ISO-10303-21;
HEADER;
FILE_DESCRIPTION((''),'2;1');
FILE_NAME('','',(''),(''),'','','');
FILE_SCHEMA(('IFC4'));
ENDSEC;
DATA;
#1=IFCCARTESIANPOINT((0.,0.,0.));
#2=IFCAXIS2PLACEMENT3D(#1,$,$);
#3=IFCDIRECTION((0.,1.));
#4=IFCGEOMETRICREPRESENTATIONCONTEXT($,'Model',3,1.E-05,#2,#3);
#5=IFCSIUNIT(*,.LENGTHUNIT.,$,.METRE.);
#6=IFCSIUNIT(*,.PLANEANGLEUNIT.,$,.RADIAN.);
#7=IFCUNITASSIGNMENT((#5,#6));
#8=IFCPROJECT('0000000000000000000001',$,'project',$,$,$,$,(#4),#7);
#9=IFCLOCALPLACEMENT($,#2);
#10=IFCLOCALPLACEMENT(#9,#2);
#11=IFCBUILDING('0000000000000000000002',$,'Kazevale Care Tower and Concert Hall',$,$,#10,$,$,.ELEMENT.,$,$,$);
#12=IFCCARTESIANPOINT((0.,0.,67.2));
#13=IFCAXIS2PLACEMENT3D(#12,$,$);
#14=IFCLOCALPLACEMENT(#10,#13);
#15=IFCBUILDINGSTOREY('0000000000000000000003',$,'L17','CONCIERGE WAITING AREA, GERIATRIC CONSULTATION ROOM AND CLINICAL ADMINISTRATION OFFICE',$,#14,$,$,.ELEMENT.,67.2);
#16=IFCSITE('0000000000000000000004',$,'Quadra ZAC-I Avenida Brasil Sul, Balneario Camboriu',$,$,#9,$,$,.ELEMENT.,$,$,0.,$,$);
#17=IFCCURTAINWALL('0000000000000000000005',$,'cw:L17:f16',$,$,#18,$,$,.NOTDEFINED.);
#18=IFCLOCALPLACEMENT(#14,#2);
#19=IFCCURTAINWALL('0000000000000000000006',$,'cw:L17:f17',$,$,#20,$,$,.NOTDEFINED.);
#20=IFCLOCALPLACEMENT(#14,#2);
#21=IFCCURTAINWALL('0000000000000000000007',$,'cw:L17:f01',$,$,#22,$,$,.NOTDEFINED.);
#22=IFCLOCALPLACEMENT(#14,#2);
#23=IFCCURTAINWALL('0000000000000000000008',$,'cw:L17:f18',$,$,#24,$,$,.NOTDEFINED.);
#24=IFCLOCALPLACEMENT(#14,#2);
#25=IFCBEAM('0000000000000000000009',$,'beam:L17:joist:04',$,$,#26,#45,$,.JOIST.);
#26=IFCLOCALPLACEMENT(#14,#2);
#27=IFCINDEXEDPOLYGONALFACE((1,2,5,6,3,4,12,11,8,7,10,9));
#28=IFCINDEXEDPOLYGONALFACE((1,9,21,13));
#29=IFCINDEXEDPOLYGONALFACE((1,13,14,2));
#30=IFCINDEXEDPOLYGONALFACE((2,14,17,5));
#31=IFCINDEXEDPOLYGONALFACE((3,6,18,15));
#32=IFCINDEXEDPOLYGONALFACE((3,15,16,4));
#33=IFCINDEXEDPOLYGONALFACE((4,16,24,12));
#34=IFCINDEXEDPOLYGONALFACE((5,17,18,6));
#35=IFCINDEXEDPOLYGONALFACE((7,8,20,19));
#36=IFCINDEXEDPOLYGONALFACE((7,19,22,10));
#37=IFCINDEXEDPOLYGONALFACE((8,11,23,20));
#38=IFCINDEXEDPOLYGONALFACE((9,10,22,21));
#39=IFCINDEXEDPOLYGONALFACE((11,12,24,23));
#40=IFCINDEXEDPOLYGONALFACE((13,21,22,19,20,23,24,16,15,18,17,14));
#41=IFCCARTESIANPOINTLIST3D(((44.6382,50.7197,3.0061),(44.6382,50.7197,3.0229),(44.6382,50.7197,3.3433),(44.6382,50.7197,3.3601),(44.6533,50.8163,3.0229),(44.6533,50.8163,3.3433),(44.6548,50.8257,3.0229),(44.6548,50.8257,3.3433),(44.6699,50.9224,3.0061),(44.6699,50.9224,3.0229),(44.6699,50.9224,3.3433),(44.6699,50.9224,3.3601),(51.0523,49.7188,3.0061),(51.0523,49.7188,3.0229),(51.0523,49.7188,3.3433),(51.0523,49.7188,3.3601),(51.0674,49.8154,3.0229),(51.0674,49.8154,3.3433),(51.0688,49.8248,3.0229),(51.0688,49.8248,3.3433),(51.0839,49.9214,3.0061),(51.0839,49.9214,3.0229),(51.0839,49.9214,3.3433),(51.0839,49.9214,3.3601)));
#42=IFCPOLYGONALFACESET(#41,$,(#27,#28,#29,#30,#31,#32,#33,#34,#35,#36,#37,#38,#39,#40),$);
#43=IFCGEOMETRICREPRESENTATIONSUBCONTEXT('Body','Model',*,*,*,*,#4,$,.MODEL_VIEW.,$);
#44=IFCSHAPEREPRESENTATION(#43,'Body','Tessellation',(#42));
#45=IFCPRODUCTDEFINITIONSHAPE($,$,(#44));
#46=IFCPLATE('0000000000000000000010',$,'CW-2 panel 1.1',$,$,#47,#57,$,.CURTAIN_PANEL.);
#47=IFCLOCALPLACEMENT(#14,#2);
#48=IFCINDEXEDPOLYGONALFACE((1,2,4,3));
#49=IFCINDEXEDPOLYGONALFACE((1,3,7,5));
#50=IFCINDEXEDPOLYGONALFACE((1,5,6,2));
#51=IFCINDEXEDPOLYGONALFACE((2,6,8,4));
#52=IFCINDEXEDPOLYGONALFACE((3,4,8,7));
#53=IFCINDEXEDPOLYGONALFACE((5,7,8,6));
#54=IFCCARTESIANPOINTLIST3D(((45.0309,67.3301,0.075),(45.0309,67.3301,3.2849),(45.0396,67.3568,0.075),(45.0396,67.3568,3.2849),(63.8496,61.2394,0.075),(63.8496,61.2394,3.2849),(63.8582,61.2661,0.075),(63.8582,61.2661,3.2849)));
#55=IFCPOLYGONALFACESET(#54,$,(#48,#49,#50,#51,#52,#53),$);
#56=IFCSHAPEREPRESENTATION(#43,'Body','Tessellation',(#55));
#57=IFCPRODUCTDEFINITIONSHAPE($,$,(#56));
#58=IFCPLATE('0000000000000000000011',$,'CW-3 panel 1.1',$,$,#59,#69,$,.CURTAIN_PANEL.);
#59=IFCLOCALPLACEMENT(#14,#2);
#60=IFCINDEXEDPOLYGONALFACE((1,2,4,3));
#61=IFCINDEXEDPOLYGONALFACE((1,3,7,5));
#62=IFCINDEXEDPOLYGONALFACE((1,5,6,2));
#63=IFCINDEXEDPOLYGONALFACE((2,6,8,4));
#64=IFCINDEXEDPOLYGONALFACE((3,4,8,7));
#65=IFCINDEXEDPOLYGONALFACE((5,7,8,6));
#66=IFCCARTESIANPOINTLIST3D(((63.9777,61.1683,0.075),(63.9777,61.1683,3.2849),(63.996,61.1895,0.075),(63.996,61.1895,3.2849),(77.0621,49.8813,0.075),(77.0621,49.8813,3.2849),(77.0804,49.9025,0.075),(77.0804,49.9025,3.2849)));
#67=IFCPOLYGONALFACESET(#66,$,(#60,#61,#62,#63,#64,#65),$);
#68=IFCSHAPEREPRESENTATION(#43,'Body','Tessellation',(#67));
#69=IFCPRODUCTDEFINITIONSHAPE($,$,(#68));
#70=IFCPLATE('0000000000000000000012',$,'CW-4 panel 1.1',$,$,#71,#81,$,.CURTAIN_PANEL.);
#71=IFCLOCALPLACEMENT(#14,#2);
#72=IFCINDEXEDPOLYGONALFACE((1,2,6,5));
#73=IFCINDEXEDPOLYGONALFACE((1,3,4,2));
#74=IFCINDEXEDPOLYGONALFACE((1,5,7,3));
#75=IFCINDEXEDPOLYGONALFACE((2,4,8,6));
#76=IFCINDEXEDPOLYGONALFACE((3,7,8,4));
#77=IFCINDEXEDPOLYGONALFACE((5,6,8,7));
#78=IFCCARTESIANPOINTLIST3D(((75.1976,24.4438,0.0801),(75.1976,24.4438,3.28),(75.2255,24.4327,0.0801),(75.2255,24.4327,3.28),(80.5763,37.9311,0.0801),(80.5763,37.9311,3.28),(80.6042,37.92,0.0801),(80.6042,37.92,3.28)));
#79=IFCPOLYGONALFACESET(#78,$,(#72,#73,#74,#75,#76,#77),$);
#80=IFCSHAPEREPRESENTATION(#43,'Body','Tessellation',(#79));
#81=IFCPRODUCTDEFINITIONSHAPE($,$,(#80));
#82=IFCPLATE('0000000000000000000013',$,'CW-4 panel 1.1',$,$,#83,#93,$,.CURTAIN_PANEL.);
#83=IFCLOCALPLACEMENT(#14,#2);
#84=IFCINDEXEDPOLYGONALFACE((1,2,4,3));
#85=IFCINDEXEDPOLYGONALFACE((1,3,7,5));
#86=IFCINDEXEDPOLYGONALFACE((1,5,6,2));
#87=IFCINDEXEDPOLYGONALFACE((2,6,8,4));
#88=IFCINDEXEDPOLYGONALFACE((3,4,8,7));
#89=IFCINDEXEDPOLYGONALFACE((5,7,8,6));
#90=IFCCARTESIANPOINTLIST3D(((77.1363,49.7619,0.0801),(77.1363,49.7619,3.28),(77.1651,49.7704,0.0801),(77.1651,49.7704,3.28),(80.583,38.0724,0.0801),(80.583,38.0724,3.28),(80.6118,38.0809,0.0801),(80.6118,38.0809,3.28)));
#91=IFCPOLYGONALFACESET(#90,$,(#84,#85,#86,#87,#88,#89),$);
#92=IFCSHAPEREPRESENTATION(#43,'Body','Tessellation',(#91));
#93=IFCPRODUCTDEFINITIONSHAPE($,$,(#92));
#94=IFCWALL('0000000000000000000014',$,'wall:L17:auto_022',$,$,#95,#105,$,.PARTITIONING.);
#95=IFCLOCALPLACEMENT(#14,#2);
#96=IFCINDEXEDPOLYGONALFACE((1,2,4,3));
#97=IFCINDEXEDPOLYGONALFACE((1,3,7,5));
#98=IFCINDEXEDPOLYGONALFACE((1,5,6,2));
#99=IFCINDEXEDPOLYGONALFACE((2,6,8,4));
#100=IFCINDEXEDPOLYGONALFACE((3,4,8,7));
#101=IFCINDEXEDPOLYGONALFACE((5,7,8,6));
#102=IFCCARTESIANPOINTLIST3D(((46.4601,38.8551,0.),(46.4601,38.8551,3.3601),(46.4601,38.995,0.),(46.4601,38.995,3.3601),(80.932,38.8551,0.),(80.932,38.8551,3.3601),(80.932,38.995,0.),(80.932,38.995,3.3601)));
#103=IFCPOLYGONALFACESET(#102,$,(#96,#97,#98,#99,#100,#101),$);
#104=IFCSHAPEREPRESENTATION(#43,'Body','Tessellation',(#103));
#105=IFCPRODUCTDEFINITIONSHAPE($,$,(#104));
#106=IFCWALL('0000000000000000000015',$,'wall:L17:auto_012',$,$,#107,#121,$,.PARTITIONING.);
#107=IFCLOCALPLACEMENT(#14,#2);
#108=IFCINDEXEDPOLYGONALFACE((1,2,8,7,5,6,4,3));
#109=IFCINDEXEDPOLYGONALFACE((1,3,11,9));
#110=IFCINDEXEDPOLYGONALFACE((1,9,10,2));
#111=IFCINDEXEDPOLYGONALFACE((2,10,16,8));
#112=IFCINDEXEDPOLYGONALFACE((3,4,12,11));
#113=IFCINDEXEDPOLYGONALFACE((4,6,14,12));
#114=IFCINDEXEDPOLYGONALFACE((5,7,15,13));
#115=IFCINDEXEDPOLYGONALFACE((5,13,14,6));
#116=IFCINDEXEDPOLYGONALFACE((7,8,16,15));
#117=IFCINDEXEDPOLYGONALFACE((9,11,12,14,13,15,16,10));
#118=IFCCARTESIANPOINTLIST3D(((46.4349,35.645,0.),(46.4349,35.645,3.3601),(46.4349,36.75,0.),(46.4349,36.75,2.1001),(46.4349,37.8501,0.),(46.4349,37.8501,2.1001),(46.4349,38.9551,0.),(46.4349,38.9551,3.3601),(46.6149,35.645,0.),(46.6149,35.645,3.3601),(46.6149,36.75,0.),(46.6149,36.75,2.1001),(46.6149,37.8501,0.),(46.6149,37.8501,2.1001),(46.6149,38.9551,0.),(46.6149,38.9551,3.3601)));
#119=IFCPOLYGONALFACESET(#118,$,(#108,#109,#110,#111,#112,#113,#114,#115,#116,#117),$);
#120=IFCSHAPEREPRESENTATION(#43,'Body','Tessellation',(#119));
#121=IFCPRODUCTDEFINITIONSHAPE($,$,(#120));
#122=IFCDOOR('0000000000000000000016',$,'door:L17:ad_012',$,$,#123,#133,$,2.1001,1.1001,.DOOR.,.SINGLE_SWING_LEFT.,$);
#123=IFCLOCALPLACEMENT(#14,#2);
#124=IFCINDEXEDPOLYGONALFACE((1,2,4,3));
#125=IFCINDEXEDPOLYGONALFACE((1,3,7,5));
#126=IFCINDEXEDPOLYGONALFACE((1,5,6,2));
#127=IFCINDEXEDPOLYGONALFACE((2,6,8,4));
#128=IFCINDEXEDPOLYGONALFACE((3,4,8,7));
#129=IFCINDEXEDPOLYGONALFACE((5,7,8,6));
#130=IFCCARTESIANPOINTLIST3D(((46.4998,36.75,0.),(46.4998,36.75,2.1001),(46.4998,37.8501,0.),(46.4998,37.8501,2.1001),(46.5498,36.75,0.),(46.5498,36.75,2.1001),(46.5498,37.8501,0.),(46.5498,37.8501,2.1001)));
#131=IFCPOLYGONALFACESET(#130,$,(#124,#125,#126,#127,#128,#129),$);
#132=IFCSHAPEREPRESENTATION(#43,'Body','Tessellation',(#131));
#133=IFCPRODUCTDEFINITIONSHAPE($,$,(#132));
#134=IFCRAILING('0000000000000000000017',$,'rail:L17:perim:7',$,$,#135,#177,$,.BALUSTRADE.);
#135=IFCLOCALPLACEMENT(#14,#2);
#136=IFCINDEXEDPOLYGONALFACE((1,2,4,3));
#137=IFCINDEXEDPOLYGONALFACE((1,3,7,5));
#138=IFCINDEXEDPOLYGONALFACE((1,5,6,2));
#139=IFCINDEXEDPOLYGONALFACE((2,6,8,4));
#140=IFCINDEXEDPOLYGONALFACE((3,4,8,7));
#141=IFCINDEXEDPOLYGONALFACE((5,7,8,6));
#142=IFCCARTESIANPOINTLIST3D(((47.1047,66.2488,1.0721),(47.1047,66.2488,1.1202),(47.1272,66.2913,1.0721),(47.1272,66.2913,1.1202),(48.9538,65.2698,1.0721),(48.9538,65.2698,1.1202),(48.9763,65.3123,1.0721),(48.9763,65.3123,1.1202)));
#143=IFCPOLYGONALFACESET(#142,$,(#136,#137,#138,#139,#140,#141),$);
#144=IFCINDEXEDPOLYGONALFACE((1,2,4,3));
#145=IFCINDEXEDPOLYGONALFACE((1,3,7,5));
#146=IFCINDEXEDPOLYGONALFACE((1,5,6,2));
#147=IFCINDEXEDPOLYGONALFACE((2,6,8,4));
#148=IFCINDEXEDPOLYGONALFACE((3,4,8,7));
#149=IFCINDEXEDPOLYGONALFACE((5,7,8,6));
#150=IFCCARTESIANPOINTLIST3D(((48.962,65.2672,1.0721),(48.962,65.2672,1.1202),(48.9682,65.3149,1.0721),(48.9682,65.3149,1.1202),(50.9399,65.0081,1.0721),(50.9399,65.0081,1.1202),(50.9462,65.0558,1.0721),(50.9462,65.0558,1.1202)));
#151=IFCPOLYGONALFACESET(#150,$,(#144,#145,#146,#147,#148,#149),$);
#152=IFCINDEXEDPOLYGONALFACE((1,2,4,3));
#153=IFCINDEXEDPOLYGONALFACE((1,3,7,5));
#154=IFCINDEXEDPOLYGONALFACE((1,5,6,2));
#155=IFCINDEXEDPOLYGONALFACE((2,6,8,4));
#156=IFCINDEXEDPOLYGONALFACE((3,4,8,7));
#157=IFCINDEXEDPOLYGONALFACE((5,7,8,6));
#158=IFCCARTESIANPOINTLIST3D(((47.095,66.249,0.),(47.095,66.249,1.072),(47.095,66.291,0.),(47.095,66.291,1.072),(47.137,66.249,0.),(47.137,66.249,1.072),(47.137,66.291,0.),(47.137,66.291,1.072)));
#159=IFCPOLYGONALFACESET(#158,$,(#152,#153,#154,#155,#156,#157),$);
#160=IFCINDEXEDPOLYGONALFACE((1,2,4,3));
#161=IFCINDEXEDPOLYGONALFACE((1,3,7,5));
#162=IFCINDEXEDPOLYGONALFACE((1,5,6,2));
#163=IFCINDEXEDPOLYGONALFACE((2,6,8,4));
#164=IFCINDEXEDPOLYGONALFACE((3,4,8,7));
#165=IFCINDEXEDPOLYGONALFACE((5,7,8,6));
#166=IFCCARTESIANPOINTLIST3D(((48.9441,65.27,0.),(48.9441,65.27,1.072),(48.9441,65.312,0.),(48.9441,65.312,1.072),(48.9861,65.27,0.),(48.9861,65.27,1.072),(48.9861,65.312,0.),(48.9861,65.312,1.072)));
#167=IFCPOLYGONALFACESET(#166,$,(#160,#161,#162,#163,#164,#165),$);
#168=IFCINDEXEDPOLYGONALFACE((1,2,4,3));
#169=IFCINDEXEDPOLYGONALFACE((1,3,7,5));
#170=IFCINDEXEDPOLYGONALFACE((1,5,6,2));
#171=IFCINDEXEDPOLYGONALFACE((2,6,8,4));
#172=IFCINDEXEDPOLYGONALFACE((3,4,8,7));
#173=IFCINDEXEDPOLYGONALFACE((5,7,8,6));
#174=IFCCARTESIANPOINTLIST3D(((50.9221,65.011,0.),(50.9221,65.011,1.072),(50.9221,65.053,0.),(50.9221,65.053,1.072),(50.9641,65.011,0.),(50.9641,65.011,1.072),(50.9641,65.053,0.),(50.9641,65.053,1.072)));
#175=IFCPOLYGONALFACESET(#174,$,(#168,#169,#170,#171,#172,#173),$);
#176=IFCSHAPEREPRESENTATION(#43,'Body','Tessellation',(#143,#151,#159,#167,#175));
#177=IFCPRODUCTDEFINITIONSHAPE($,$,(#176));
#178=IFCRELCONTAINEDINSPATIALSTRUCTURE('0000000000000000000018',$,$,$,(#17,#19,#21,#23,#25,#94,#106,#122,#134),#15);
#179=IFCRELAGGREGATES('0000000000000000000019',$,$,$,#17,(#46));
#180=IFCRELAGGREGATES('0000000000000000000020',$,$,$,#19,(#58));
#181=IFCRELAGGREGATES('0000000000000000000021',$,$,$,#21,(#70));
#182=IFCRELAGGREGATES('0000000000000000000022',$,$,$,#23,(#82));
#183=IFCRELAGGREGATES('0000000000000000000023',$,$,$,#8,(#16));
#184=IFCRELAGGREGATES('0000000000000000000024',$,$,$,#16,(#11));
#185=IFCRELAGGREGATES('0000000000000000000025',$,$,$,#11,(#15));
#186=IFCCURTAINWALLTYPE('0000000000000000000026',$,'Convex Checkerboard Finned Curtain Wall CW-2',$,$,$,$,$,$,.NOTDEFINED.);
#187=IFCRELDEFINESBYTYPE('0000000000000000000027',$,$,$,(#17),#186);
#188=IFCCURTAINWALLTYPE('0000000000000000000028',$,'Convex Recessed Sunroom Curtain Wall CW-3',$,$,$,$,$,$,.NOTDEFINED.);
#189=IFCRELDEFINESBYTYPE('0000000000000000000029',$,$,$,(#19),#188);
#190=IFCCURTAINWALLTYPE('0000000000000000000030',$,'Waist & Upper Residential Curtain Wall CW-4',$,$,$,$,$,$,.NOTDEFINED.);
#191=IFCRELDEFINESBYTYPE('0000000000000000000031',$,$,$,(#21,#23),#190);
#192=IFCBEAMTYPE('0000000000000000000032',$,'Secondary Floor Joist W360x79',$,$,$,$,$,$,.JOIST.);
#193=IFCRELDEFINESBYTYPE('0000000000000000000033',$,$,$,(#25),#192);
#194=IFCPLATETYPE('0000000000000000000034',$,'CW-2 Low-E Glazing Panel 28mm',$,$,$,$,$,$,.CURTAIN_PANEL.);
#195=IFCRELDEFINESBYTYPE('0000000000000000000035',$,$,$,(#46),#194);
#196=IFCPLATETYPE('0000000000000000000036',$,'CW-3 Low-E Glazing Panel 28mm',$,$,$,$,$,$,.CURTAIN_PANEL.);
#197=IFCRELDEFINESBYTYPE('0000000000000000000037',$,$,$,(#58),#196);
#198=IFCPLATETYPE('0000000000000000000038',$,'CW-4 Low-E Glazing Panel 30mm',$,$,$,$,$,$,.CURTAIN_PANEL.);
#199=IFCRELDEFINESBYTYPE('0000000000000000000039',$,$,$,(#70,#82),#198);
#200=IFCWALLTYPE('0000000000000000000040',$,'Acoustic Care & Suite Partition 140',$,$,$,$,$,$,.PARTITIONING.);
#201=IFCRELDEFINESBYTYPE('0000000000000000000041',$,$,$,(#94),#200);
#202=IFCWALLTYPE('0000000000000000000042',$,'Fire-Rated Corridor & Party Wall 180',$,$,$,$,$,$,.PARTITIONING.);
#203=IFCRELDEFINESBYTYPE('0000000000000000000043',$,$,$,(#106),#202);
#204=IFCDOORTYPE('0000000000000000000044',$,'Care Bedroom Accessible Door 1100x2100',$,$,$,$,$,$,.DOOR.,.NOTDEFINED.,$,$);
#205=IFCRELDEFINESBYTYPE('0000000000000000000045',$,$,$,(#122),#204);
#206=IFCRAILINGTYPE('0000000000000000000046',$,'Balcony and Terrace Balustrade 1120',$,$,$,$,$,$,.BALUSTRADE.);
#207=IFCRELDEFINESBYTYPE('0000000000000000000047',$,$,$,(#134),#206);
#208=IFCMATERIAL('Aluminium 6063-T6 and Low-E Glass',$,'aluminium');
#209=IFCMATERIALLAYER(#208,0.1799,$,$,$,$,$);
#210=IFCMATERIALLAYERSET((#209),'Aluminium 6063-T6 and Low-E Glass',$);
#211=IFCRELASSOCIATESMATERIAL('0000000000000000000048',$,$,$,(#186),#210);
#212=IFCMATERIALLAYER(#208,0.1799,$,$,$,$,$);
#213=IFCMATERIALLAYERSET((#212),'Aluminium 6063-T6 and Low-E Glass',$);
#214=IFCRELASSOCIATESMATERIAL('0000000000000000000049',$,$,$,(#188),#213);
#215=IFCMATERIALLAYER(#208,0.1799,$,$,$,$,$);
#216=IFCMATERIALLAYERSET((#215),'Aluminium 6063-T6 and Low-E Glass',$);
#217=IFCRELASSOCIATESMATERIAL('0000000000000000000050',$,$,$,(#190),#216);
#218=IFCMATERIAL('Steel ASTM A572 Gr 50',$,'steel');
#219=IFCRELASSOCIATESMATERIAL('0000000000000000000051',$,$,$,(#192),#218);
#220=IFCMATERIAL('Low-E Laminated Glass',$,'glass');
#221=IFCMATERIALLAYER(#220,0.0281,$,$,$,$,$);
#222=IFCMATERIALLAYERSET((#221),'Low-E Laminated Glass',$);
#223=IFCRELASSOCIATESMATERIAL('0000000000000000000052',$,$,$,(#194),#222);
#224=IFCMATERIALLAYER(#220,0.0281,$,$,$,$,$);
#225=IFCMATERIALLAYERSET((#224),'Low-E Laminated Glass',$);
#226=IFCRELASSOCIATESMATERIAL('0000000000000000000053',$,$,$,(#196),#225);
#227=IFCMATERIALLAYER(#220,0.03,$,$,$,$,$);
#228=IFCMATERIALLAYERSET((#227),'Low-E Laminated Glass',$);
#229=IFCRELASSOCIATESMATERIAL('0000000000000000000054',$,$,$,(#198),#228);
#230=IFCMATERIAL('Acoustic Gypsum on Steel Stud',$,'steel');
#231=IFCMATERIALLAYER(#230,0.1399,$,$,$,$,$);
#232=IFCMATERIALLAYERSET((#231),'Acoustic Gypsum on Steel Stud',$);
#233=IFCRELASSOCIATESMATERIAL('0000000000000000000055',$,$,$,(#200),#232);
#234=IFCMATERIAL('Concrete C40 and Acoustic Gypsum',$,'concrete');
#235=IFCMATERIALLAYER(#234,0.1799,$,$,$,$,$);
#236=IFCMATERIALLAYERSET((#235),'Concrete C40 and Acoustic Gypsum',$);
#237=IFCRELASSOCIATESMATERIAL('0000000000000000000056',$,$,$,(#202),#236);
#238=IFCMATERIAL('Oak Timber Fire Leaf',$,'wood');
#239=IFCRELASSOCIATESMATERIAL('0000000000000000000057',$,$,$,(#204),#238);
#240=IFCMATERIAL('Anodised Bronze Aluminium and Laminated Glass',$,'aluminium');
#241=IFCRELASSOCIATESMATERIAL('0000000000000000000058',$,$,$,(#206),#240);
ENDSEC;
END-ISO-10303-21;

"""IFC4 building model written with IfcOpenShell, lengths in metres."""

from ifc_helpers import new_model, si_unit, direction, frame, frame_2d, origin, origin_2d, place, context, subcontext, project, spatial, rectangle, i_section, extrude, material, layer, layer_set, material_profile, profile_set, type_object, element, fill, aggregate, save


model = new_model("IFC4")

# Units and contexts
model_context = context("Model", 3, precision=1e-05, world=origin(), true_north=direction((0.0, 1.0)))
body_context = subcontext(model_context, "Body", "Model", "MODEL_VIEW")
ifc_project = project(units=[si_unit("LENGTHUNIT", "METRE"), si_unit("PLANEANGLEUNIT", "RADIAN")], contexts=[model_context])

# Site, building, storey
site_placement = place(None, origin())
site = spatial("IfcSite", under=ifc_project, at=site_placement, Name="Quadra ZAC-I Avenida Brasil Sul, Balneario Camboriu", CompositionType="ELEMENT", RefElevation=0.0)
building_placement = place(site_placement, origin())
building = spatial("IfcBuilding", under=site, at=building_placement, Name="Kazevale Care Tower and Concert Hall", CompositionType="ELEMENT")
storey_placement = place(building_placement, frame((0.0, 0.0, 67.2)))
storey = spatial("IfcBuildingStorey", under=building, at=storey_placement, Name="L17", Description="CONCIERGE WAITING AREA, GERIATRIC CONSULTATION ROOM AND CLINICAL ADMINISTRATION OFFICE", CompositionType="ELEMENT", Elevation=67.2)

# Curtain wall
ifc_material_1 = material(Name="Aluminium 6063-T6 and Low-E Glass", Category="aluminium")
ifc_layer_1 = layer(ifc_material_1, 0.1799)
ifc_layer_set_1 = layer_set([ifc_layer_1], Name="Aluminium 6063-T6 and Low-E Glass")
curtain_wall_type_1 = type_object("IfcCurtainWallType", Name="Convex Checkerboard Finned Curtain Wall CW-2", PredefinedType="NOTDEFINED", material=ifc_layer_set_1)
curtain_wall_1_placement = place(storey_placement, origin())
curtain_wall_1 = element("IfcCurtainWall", 1, at=curtain_wall_1_placement, inside=storey, type_object=curtain_wall_type_1, Name="cw:L17:f16", PredefinedType="NOTDEFINED")

# Curtain wall
ifc_layer_2 = layer(ifc_material_1, 0.1799)
ifc_layer_set_2 = layer_set([ifc_layer_2], Name="Aluminium 6063-T6 and Low-E Glass")
curtain_wall_type_2 = type_object("IfcCurtainWallType", Name="Convex Recessed Sunroom Curtain Wall CW-3", PredefinedType="NOTDEFINED", material=ifc_layer_set_2)
curtain_wall_2_placement = place(storey_placement, origin())
curtain_wall_2 = element("IfcCurtainWall", 2, at=curtain_wall_2_placement, inside=storey, type_object=curtain_wall_type_2, Name="cw:L17:f17", PredefinedType="NOTDEFINED")

# Curtain wall
ifc_layer_3 = layer(ifc_material_1, 0.1799)
ifc_layer_set_3 = layer_set([ifc_layer_3], Name="Aluminium 6063-T6 and Low-E Glass")
curtain_wall_type_3 = type_object("IfcCurtainWallType", Name="Waist & Upper Residential Curtain Wall CW-4", PredefinedType="NOTDEFINED", material=ifc_layer_set_3)
curtain_wall_3_placement = place(storey_placement, origin())
curtain_wall_3 = element("IfcCurtainWall", 3, at=curtain_wall_3_placement, inside=storey, type_object=curtain_wall_type_3, Name="cw:L17:f01", PredefinedType="NOTDEFINED")

# Curtain wall
curtain_wall_4_placement = place(storey_placement, origin())
curtain_wall_4 = element("IfcCurtainWall", 4, at=curtain_wall_4_placement, inside=storey, type_object=curtain_wall_type_3, Name="cw:L17:f18", PredefinedType="NOTDEFINED")

# Beam
ifc_material_2 = material(Name="Steel ASTM A572 Gr 50", Category="steel")
ifc_material_profile_1 = material_profile(ifc_material_2, i_section(OverallWidth=0.2051, OverallDepth=0.354, WebThickness=0.0095, FlangeThickness=0.0168, at=origin_2d()), Name="W360x79")
ifc_profile_set_1 = profile_set([ifc_material_profile_1], Name="Steel ASTM A572 Gr 50")
beam_type_1 = type_object("IfcBeamType", Name="Secondary Floor Joist W360x79", PredefinedType="JOIST", material=ifc_profile_set_1)
beam_1_placement = place(storey_placement, frame((51.0681, 49.8201, 3.1831), z_axis=(-0.988041, 0.154193, 0.0), x_axis=(-0.154193, -0.988041, 0.0)))
element("IfcBeam", 5, at=beam_1_placement, inside=storey, type_object=beam_type_1, Name="beam:L17:joist:04", PredefinedType="JOIST", context=body_context, shape_type="SweptSolid", body=[
    extrude(i_section(OverallWidth=0.2051, OverallDepth=0.354, WebThickness=0.0095, FlangeThickness=0.0168, at=origin_2d()), origin(), (0.0, 0.0, 1.0), 6.4917),
])

# Plates
ifc_material_3 = material(Name="Low-E Laminated Glass", Category="glass")
ifc_layer_4 = layer(ifc_material_3, 0.0281)
ifc_layer_set_4 = layer_set([ifc_layer_4], Name="Low-E Laminated Glass")
plate_type_1 = type_object("IfcPlateType", Name="CW-2 Low-E Glazing Panel 28mm", PredefinedType="CURTAIN_PANEL", material=ifc_layer_set_4)
plate_1_placement = place(storey_placement, frame((54.4446, 64.2981, 0.075), z_axis=(0.0, 0.0, 1.0), x_axis=(0.95141, -0.307926, 0.0)))
plate_1 = element("IfcPlate", 6, at=plate_1_placement, type_object=plate_type_1, Name="CW-2 panel 1.1", PredefinedType="CURTAIN_PANEL", context=body_context, shape_type="SweptSolid", body=[
    extrude(rectangle(XDim=19.7798, YDim=0.0281, at=origin_2d()), origin(), (0.0, 0.0, 1.0), 3.21),
])
aggregate(curtain_wall_1, [plate_1])
ifc_layer_5 = layer(ifc_material_3, 0.0281)
ifc_layer_set_5 = layer_set([ifc_layer_5], Name="Low-E Laminated Glass")
plate_type_2 = type_object("IfcPlateType", Name="CW-3 Low-E Glazing Panel 28mm", PredefinedType="CURTAIN_PANEL", material=ifc_layer_set_5)
plate_2_placement = place(storey_placement, frame((70.5291, 55.5354, 0.075), z_axis=(0.0, 0.0, 1.0), x_axis=(0.7572, -0.653184, 0.0)))
plate_2 = element("IfcPlate", 7, at=plate_2_placement, type_object=plate_type_2, Name="CW-3 panel 1.1", PredefinedType="CURTAIN_PANEL", context=body_context, shape_type="SweptSolid", body=[
    extrude(rectangle(XDim=17.28, YDim=0.0281, at=origin_2d()), origin(), (0.0, 0.0, 1.0), 3.21),
])
aggregate(curtain_wall_2, [plate_2])
ifc_layer_6 = layer(ifc_material_3, 0.03)
ifc_layer_set_6 = layer_set([ifc_layer_6], Name="Low-E Laminated Glass")
plate_type_3 = type_object("IfcPlateType", Name="CW-4 Low-E Glazing Panel 30mm", PredefinedType="CURTAIN_PANEL", material=ifc_layer_set_6)
plate_3_placement = place(storey_placement, frame((77.9009, 31.1819, 0.0801), z_axis=(0.0, 0.0, 1.0), x_axis=(-0.370427, -0.928861, 0.0)))
plate_3 = element("IfcPlate", 8, at=plate_3_placement, type_object=plate_type_3, Name="CW-4 panel 1.1", PredefinedType="CURTAIN_PANEL", context=body_context, shape_type="SweptSolid", body=[
    extrude(rectangle(XDim=14.5203, YDim=0.03, at=origin_2d()), origin(), (0.0, 0.0, 1.0), 3.2),
])
aggregate(curtain_wall_3, [plate_3])
plate_4_placement = place(storey_placement, frame((78.874, 43.9214, 0.0801), z_axis=(0.0, 0.0, 1.0), x_axis=(0.28282, -0.959173, 0.0)))
plate_4 = element("IfcPlate", 9, at=plate_4_placement, type_object=plate_type_3, Name="CW-4 panel 1.1", PredefinedType="CURTAIN_PANEL", context=body_context, shape_type="SweptSolid", body=[
    extrude(rectangle(XDim=12.187, YDim=0.03, at=origin_2d()), origin(), (0.0, 0.0, 1.0), 3.2),
])
aggregate(curtain_wall_4, [plate_4])

# Wall
ifc_material_4 = material(Name="Acoustic Gypsum on Steel Stud", Category="steel")
ifc_layer_7 = layer(ifc_material_4, 0.1399)
ifc_layer_set_7 = layer_set([ifc_layer_7], Name="Acoustic Gypsum on Steel Stud")
wall_type_1 = type_object("IfcWallType", Name="Acoustic Care & Suite Partition 140", PredefinedType="PARTITIONING", material=ifc_layer_set_7)
wall_1_placement = place(storey_placement, frame((80.9319, 38.925, 0.0), z_axis=(0.0, 0.0, 1.0), x_axis=(-1.0, 0.0, 0.0)))
element("IfcWall", 10, at=wall_1_placement, inside=storey, type_object=wall_type_1, Name="wall:L17:auto_022", PredefinedType="PARTITIONING", context=body_context, shape_type="SweptSolid", body=[
    extrude(rectangle(XDim=34.4719, YDim=0.1399, at=frame_2d((17.2358, 0.0))), origin(), (0.0, 0.0, 1.0), 3.3601),
])

# Wall, opening, door
ifc_material_5 = material(Name="Concrete C40 and Acoustic Gypsum", Category="concrete")
ifc_layer_8 = layer(ifc_material_5, 0.1799)
ifc_layer_set_8 = layer_set([ifc_layer_8], Name="Concrete C40 and Acoustic Gypsum")
wall_type_2 = type_object("IfcWallType", Name="Fire-Rated Corridor & Party Wall 180", PredefinedType="PARTITIONING", material=ifc_layer_set_8)
wall_2_placement = place(storey_placement, frame((46.5249, 38.9551, 0.0), z_axis=(0.0, 0.0, 1.0), x_axis=(0.0, -1.0, 0.0)))
wall_2 = element("IfcWall", 11, at=wall_2_placement, inside=storey, type_object=wall_type_2, Name="wall:L17:auto_012", PredefinedType="PARTITIONING", context=body_context, shape_type="SweptSolid", body=[
    extrude(rectangle(XDim=3.3101, YDim=0.1799, at=frame_2d((1.655, 0.0))), origin(), (0.0, 0.0, 1.0), 3.3601),
])
opening_placement = place(wall_2_placement, frame((1.105, 0.0, 0.0)))
opening = element("IfcOpeningElement", 12, at=opening_placement, cuts=wall_2, PredefinedType="OPENING", context=body_context, shape_type="SweptSolid", body=[
    extrude(rectangle(XDim=1.1001, YDim=2.1001, at=frame_2d((0.55, 1.05))), frame((0.0, 0.0999, 0.0), z_axis=(0.0, -1.0, 0.0), x_axis=(1.0, 0.0, 0.0)), (0.0, 0.0, 1.0), 0.2),
])
ifc_material_6 = material(Name="Oak Timber Fire Leaf", Category="wood")
door_type = type_object("IfcDoorType", Name="Care Bedroom Accessible Door 1100x2100", OperationType="NOTDEFINED", PredefinedType="DOOR", material=ifc_material_6)
door_placement = place(opening_placement, origin())
door = element("IfcDoor", 13, at=door_placement, inside=storey, type_object=door_type, Name="door:L17:ad_012", OperationType="SINGLE_SWING_LEFT", OverallHeight=2.1001, OverallWidth=1.1001, PredefinedType="DOOR", context=body_context, shape_type="SweptSolid", body=[
    extrude(rectangle(XDim=1.1001, YDim=2.1001, at=frame_2d((0.55, 1.05))), frame((0.0, 0.0249, 0.0), z_axis=(0.0, -1.0, 0.0), x_axis=(1.0, 0.0, 0.0)), (0.0, 0.0, 1.0), 0.05),
])
fill(opening, door)

# Railing
ifc_material_7 = material(Name="Anodised Bronze Aluminium and Laminated Glass", Category="aluminium")
railing_type = type_object("IfcRailingType", Name="Balcony and Terrace Balustrade 1120", PredefinedType="BALUSTRADE", material=ifc_material_7)
railing_1_placement = place(storey_placement, frame((47.116, 66.27, 0.0)))
element("IfcRailing", 14, at=railing_1_placement, inside=storey, type_object=railing_type, Name="rail:L17:perim:7", PredefinedType="BALUSTRADE", context=body_context, shape_type="SweptSolid", body=[
    extrude(rectangle(XDim=0.0481, YDim=0.0481, at=origin_2d()), frame((0.0, 0.0, 1.0962), z_axis=(0.883777, -0.467909, 0.0), x_axis=(0.467909, 0.883777, 0.0)), (0.0, 0.0, 1.0), 2.0923),
    extrude(rectangle(XDim=0.0481, YDim=0.0481, at=origin_2d()), frame((1.8491, -0.979, 1.0962), z_axis=(0.991534, -0.129847, 0.0), x_axis=(0.129847, 0.991534, 0.0)), (0.0, 0.0, 1.0), 1.9949),
    extrude(rectangle(XDim=0.042, YDim=0.042, at=origin_2d()), origin(), (0.0, 0.0, 1.0), 1.072),
    extrude(rectangle(XDim=0.042, YDim=0.042, at=origin_2d()), frame((1.8491, -0.979, 0.0)), (0.0, 0.0, 1.0), 1.072),
    extrude(rectangle(XDim=0.042, YDim=0.042, at=origin_2d()), frame((3.8271, -1.238, 0.0)), (0.0, 0.0, 1.0), 1.072),
])

save(model, "model.ifc")
